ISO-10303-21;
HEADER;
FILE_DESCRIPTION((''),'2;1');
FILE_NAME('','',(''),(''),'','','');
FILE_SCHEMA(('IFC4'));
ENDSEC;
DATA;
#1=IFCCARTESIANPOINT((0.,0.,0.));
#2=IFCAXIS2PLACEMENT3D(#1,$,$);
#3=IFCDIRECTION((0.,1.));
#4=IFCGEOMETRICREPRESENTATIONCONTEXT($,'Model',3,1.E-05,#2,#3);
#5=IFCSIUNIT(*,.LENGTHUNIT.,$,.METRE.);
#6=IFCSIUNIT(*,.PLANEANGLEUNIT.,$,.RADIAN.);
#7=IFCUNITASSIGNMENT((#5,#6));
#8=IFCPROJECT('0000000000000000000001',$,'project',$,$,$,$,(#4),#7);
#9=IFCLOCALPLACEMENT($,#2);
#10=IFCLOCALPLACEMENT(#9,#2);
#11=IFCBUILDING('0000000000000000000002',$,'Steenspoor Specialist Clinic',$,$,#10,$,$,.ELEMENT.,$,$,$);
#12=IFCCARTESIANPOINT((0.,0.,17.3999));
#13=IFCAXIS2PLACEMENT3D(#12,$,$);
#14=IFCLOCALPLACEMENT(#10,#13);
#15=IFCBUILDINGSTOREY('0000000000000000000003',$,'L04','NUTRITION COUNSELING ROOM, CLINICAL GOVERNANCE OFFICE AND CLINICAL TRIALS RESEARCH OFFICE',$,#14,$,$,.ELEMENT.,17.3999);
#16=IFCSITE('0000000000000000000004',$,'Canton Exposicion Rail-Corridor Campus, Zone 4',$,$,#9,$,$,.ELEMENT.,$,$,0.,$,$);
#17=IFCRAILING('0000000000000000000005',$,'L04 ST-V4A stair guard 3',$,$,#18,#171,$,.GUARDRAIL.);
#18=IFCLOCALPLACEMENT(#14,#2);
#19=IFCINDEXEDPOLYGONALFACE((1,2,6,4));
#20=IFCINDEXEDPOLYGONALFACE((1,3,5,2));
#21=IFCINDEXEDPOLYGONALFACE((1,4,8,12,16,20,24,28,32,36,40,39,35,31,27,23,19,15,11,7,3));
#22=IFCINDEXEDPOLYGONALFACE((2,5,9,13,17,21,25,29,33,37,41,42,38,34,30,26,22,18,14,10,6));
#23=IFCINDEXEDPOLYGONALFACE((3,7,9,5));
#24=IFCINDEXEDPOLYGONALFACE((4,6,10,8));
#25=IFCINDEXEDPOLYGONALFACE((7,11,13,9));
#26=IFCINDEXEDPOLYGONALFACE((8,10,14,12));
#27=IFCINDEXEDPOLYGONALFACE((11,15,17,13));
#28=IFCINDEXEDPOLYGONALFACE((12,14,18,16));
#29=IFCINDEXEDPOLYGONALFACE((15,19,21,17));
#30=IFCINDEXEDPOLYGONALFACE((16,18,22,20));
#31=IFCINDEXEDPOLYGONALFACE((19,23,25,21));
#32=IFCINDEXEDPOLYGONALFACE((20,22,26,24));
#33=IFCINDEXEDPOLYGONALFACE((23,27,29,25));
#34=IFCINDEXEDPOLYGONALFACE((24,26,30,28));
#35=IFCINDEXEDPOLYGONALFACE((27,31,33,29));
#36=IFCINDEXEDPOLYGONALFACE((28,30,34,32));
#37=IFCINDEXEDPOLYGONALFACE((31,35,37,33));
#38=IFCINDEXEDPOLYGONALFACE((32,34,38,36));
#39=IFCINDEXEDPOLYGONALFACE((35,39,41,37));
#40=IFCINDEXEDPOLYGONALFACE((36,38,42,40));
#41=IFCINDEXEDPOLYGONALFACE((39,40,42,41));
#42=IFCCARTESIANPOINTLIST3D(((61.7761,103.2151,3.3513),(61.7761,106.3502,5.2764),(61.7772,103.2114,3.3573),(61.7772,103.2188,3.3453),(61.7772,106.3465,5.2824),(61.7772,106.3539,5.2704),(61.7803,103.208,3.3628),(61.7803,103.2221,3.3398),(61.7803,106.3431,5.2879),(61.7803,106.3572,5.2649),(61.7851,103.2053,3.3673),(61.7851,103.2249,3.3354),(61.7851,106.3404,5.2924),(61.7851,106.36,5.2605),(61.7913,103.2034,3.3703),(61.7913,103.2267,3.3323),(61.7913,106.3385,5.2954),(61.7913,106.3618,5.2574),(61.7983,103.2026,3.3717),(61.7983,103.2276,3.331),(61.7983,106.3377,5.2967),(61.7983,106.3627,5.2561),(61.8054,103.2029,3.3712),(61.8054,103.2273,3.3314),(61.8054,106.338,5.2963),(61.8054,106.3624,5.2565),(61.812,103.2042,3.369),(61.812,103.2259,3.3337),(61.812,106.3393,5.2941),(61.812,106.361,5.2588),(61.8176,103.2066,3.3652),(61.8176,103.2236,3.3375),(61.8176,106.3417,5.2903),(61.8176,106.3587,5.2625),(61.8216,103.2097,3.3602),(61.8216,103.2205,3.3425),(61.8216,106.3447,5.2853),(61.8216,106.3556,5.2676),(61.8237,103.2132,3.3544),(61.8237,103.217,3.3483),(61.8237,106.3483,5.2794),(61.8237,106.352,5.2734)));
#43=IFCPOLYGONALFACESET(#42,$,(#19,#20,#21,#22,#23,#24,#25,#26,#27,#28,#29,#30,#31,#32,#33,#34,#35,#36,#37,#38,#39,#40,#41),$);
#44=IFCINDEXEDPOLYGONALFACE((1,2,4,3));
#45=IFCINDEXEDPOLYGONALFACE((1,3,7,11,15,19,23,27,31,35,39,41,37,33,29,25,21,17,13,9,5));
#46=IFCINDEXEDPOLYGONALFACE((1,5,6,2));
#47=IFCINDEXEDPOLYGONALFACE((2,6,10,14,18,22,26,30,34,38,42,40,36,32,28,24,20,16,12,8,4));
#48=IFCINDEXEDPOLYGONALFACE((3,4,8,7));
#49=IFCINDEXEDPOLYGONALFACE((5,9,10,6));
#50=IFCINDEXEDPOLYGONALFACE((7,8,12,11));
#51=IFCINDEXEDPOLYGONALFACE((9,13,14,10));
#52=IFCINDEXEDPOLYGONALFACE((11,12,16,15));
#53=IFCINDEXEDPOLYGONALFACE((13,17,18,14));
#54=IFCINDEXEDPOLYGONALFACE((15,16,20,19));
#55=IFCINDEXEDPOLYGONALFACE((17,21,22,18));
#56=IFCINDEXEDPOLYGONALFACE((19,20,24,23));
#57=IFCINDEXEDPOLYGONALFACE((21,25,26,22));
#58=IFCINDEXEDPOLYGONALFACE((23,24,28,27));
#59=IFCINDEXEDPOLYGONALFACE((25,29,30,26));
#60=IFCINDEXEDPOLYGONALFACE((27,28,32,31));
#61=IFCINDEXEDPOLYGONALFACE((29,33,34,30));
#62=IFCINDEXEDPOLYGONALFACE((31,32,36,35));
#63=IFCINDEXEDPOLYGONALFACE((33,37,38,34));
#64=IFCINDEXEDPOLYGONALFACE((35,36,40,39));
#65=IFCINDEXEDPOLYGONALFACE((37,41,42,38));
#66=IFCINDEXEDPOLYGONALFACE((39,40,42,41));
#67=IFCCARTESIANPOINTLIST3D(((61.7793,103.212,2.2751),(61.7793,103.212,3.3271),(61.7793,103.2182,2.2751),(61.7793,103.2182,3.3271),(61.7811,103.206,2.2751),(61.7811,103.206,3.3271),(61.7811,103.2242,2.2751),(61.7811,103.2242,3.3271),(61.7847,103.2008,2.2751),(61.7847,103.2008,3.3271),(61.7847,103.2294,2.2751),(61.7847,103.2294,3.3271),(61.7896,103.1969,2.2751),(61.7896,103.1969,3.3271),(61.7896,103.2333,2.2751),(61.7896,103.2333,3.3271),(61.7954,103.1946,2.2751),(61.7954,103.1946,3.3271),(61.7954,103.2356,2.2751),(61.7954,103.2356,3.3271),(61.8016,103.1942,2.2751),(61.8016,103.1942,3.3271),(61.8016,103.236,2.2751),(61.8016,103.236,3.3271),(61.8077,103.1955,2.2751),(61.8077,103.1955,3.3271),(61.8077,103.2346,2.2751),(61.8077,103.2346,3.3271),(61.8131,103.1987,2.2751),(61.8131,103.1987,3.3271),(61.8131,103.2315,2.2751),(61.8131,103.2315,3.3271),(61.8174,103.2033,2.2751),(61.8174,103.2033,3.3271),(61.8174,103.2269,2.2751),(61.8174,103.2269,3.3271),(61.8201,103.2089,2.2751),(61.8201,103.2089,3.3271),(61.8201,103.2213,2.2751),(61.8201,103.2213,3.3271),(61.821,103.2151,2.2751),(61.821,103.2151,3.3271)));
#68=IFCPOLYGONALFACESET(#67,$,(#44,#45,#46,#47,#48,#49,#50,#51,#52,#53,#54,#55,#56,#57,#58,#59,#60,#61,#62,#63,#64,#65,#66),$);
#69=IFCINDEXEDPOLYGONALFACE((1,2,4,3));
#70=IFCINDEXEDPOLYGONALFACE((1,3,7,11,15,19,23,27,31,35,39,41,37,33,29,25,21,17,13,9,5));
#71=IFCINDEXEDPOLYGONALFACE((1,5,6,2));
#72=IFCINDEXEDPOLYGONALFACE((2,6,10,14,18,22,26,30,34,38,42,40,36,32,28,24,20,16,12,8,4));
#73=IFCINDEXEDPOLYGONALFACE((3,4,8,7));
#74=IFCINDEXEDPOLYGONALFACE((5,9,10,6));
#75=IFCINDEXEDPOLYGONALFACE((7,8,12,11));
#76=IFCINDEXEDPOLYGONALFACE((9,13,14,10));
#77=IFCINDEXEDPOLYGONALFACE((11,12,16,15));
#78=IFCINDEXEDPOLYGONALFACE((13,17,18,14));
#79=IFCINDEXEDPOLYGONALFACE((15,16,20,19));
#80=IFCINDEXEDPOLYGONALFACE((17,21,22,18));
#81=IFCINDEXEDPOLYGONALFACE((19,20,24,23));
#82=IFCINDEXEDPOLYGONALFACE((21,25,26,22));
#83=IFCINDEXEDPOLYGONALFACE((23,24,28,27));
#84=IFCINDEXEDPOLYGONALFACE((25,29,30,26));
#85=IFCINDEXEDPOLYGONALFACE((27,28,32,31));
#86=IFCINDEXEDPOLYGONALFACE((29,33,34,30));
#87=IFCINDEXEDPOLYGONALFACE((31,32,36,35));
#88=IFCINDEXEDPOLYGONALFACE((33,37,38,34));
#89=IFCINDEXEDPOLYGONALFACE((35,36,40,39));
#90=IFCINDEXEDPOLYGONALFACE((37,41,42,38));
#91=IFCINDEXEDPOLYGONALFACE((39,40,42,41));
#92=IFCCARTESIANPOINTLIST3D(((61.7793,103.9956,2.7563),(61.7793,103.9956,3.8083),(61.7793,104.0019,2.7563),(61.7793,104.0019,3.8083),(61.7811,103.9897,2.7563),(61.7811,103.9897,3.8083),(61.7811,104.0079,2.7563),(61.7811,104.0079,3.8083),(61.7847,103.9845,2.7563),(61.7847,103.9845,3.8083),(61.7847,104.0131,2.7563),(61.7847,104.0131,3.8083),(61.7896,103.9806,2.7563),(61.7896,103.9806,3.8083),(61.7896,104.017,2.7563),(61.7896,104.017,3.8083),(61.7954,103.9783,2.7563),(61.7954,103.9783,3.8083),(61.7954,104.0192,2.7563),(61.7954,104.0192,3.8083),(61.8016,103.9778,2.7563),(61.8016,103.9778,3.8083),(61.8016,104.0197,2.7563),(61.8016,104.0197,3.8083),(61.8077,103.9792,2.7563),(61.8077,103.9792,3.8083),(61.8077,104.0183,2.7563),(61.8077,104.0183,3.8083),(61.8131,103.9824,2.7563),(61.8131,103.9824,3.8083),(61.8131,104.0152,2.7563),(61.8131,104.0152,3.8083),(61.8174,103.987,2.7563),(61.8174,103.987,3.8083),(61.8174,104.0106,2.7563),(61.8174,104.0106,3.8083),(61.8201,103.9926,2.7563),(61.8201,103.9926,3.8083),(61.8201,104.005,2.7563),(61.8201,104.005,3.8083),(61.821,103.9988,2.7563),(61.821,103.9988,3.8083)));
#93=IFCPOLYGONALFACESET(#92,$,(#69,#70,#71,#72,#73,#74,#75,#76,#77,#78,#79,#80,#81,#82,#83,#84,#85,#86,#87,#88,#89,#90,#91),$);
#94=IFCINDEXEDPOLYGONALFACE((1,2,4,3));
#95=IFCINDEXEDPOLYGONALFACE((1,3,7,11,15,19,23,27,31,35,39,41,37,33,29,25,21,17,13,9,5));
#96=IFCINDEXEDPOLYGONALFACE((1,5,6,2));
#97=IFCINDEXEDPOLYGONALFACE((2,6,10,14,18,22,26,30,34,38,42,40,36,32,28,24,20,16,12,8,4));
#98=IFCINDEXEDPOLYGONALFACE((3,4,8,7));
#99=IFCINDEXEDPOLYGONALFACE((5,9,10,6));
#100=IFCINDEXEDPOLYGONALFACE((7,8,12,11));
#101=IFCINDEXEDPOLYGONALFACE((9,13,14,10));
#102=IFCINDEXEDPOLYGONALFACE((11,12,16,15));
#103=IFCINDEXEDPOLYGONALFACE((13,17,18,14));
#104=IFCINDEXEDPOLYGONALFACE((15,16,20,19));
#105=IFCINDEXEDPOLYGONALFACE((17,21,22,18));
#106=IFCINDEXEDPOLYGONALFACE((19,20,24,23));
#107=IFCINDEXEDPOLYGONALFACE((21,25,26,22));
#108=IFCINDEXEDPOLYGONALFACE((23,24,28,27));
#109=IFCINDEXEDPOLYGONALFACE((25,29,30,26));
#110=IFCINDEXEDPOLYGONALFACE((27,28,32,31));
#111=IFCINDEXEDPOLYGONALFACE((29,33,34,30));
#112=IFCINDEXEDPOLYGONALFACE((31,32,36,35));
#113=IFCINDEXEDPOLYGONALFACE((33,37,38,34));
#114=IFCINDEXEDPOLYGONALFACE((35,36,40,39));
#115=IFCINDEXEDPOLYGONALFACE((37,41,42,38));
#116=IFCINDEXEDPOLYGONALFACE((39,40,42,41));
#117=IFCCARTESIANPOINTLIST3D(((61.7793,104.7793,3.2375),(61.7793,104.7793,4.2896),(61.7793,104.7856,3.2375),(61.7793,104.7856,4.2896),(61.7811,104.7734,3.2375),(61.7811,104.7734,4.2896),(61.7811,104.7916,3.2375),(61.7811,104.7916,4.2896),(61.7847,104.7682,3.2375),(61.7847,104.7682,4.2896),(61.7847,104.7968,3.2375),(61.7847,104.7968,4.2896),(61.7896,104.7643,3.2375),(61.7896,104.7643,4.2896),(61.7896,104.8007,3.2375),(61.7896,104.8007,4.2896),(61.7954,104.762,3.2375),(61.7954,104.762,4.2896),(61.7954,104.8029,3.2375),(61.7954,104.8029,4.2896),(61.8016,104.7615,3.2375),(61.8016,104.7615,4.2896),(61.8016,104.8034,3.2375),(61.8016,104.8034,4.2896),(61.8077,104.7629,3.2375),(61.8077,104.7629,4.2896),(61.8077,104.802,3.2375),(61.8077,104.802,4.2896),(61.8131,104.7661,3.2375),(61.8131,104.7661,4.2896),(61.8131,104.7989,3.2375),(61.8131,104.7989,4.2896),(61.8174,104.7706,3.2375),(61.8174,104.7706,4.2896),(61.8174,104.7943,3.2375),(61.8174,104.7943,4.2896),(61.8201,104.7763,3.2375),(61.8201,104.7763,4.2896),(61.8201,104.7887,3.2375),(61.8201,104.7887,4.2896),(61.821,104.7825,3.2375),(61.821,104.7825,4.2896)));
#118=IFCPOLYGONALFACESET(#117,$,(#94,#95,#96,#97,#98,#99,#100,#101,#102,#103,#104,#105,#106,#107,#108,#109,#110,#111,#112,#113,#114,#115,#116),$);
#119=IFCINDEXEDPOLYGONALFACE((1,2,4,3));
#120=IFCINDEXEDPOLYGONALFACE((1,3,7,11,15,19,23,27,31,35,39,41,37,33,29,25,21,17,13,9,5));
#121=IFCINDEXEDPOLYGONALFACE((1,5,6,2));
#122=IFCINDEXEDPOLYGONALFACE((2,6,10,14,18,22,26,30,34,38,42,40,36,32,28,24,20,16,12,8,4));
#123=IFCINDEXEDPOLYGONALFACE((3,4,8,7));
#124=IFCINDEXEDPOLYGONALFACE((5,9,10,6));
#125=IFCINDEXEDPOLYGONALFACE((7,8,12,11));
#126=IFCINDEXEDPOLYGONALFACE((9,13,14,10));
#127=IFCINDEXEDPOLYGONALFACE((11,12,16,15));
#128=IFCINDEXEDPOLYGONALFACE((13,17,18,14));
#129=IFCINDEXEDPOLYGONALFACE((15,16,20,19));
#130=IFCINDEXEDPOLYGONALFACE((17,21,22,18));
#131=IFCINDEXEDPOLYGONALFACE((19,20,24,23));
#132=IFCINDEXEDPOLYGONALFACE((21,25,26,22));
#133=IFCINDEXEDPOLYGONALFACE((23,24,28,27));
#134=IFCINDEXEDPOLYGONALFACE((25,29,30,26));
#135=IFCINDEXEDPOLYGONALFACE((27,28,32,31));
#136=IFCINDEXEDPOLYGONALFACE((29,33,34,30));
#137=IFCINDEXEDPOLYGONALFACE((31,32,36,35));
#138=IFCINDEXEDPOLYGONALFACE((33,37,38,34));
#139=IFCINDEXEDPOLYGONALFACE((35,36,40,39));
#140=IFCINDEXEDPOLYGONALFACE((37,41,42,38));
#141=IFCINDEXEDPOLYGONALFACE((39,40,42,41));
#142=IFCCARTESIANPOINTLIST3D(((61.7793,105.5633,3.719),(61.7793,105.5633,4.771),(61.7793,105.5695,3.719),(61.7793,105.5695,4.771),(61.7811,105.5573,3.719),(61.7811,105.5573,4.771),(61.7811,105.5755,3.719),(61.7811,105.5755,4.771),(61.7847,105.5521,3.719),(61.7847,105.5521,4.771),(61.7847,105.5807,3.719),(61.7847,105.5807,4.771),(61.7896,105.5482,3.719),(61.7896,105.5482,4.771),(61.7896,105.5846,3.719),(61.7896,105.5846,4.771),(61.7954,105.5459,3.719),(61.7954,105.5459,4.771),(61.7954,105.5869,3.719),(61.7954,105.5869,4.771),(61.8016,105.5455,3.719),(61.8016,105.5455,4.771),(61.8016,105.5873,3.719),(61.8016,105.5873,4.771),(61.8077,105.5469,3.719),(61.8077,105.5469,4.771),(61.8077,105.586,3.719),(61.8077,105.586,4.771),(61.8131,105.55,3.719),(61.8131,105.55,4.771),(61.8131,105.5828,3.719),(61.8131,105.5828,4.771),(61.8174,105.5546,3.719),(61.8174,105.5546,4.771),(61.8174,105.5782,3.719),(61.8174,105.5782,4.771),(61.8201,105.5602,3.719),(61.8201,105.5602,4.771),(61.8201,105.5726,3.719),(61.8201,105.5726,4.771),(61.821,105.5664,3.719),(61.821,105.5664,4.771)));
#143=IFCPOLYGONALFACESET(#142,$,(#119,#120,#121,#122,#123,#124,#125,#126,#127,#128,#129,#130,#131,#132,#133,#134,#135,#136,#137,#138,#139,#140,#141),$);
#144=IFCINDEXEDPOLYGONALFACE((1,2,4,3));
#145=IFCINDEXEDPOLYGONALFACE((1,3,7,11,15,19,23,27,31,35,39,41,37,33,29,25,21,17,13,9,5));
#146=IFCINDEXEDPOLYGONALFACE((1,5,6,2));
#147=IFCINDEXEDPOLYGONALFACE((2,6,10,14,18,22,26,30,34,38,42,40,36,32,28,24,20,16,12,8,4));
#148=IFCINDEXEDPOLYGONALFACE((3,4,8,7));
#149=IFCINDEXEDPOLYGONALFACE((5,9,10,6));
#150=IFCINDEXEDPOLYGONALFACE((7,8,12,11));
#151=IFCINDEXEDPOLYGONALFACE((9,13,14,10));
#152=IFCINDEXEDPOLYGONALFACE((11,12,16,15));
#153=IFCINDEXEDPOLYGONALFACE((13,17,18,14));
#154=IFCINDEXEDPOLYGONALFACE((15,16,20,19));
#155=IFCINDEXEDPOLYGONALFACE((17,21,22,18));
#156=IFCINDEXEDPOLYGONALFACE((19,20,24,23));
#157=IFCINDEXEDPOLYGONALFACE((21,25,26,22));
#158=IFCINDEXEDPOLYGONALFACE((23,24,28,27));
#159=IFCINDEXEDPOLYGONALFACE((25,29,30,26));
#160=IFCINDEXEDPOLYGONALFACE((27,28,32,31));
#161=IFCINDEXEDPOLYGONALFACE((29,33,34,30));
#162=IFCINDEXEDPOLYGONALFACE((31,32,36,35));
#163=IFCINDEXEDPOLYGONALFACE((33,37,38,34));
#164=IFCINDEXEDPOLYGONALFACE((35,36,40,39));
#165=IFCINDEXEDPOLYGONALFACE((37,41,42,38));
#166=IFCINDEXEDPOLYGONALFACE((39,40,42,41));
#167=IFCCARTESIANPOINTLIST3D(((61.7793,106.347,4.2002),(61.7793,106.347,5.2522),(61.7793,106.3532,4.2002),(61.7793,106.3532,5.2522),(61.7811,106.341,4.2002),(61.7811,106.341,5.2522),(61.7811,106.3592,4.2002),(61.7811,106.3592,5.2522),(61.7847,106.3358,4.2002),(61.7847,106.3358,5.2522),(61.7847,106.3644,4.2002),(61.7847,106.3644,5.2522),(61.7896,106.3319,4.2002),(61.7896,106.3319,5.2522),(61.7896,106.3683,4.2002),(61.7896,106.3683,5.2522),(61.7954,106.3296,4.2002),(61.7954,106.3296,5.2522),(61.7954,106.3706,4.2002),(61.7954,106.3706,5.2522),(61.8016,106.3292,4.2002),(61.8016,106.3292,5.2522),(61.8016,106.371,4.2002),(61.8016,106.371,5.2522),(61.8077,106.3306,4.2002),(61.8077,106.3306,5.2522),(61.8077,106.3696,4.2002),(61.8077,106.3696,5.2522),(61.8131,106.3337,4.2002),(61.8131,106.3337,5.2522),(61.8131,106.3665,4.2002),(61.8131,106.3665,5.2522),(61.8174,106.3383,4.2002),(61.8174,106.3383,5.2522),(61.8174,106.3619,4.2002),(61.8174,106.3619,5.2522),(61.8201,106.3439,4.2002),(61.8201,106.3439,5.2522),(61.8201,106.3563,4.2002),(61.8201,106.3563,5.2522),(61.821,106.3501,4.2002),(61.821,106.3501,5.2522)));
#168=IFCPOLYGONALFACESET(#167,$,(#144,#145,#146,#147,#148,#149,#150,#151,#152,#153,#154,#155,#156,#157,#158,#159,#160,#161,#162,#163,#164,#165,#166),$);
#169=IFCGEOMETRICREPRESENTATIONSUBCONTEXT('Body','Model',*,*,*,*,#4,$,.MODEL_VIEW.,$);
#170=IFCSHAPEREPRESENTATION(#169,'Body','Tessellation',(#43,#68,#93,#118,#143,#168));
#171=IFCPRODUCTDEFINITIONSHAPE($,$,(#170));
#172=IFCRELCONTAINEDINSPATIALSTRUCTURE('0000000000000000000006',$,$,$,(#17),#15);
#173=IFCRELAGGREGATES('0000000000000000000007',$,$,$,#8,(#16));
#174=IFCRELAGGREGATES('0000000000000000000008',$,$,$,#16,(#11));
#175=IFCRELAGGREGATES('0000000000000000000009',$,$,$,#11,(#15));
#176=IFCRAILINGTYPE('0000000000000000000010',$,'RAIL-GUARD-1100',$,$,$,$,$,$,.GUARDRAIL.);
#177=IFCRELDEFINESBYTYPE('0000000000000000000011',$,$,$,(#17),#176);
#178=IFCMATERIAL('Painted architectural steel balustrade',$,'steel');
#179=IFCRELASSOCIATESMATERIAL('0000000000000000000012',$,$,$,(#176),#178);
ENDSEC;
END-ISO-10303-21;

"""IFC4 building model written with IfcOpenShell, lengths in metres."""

from ifc_helpers import new_model, si_unit, direction, frame, origin, origin_2d, place, context, subcontext, project, spatial, circle, extrude, material, type_object, element, save


model = new_model("IFC4")

# Units and contexts
model_context = context("Model", 3, precision=1e-05, world=origin(), true_north=direction((0.0, 1.0)))
body_context = subcontext(model_context, "Body", "Model", "MODEL_VIEW")
ifc_project = project(units=[si_unit("LENGTHUNIT", "METRE"), si_unit("PLANEANGLEUNIT", "RADIAN")], contexts=[model_context])

# Site, building, storey
site_placement = place(None, origin())
site = spatial("IfcSite", under=ifc_project, at=site_placement, Name="Canton Exposicion Rail-Corridor Campus, Zone 4", CompositionType="ELEMENT", RefElevation=0.0)
building_placement = place(site_placement, origin())
building = spatial("IfcBuilding", under=site, at=building_placement, Name="Steenspoor Specialist Clinic", CompositionType="ELEMENT")
storey_placement = place(building_placement, frame((0.0, 0.0, 17.3999)))
storey = spatial("IfcBuildingStorey", under=building, at=storey_placement, Name="L04", Description="NUTRITION COUNSELING ROOM, CLINICAL GOVERNANCE OFFICE AND CLINICAL TRIALS RESEARCH OFFICE", CompositionType="ELEMENT", Elevation=17.3999)

# Railing
ifc_material_1 = material(Name="Painted architectural steel balustrade", Category="steel")
railing_type_1 = type_object("IfcRailingType", Name="RAIL-GUARD-1100", PredefinedType="GUARDRAIL", material=ifc_material_1)
railing_1_placement = place(storey_placement, frame((61.8, 103.2151, 2.2751)))
element("IfcRailing", 1, at=railing_1_placement, inside=storey, type_object=railing_type_1, Name="L04 ST-V4A stair guard 3", PredefinedType="GUARDRAIL", context=body_context, shape_type="SweptSolid", body=[
    extrude(circle(Radius=0.0239, at=origin_2d()), frame((0.0, 0.0, 1.0762), z_axis=(0.0, 0.852166, 0.523271), x_axis=(-1.0, 0.0, 0.0)), (0.0, 0.0, 1.0), 3.679),
    extrude(circle(Radius=0.021, at=origin_2d()), origin(), (0.0, 0.0, 1.0), 1.052),
    extrude(circle(Radius=0.021, at=origin_2d()), frame((0.0, 0.7837, 0.4812)), (0.0, 0.0, 1.0), 1.052),
    extrude(circle(Radius=0.021, at=origin_2d()), frame((0.0, 1.5674, 0.9624)), (0.0, 0.0, 1.0), 1.052),
    extrude(circle(Radius=0.021, at=origin_2d()), frame((0.0, 2.3513, 1.4438)), (0.0, 0.0, 1.0), 1.052),
    extrude(circle(Radius=0.021, at=origin_2d()), frame((0.0, 3.135, 1.925)), (0.0, 0.0, 1.0), 1.052),
])

save(model, "model.ifc")
